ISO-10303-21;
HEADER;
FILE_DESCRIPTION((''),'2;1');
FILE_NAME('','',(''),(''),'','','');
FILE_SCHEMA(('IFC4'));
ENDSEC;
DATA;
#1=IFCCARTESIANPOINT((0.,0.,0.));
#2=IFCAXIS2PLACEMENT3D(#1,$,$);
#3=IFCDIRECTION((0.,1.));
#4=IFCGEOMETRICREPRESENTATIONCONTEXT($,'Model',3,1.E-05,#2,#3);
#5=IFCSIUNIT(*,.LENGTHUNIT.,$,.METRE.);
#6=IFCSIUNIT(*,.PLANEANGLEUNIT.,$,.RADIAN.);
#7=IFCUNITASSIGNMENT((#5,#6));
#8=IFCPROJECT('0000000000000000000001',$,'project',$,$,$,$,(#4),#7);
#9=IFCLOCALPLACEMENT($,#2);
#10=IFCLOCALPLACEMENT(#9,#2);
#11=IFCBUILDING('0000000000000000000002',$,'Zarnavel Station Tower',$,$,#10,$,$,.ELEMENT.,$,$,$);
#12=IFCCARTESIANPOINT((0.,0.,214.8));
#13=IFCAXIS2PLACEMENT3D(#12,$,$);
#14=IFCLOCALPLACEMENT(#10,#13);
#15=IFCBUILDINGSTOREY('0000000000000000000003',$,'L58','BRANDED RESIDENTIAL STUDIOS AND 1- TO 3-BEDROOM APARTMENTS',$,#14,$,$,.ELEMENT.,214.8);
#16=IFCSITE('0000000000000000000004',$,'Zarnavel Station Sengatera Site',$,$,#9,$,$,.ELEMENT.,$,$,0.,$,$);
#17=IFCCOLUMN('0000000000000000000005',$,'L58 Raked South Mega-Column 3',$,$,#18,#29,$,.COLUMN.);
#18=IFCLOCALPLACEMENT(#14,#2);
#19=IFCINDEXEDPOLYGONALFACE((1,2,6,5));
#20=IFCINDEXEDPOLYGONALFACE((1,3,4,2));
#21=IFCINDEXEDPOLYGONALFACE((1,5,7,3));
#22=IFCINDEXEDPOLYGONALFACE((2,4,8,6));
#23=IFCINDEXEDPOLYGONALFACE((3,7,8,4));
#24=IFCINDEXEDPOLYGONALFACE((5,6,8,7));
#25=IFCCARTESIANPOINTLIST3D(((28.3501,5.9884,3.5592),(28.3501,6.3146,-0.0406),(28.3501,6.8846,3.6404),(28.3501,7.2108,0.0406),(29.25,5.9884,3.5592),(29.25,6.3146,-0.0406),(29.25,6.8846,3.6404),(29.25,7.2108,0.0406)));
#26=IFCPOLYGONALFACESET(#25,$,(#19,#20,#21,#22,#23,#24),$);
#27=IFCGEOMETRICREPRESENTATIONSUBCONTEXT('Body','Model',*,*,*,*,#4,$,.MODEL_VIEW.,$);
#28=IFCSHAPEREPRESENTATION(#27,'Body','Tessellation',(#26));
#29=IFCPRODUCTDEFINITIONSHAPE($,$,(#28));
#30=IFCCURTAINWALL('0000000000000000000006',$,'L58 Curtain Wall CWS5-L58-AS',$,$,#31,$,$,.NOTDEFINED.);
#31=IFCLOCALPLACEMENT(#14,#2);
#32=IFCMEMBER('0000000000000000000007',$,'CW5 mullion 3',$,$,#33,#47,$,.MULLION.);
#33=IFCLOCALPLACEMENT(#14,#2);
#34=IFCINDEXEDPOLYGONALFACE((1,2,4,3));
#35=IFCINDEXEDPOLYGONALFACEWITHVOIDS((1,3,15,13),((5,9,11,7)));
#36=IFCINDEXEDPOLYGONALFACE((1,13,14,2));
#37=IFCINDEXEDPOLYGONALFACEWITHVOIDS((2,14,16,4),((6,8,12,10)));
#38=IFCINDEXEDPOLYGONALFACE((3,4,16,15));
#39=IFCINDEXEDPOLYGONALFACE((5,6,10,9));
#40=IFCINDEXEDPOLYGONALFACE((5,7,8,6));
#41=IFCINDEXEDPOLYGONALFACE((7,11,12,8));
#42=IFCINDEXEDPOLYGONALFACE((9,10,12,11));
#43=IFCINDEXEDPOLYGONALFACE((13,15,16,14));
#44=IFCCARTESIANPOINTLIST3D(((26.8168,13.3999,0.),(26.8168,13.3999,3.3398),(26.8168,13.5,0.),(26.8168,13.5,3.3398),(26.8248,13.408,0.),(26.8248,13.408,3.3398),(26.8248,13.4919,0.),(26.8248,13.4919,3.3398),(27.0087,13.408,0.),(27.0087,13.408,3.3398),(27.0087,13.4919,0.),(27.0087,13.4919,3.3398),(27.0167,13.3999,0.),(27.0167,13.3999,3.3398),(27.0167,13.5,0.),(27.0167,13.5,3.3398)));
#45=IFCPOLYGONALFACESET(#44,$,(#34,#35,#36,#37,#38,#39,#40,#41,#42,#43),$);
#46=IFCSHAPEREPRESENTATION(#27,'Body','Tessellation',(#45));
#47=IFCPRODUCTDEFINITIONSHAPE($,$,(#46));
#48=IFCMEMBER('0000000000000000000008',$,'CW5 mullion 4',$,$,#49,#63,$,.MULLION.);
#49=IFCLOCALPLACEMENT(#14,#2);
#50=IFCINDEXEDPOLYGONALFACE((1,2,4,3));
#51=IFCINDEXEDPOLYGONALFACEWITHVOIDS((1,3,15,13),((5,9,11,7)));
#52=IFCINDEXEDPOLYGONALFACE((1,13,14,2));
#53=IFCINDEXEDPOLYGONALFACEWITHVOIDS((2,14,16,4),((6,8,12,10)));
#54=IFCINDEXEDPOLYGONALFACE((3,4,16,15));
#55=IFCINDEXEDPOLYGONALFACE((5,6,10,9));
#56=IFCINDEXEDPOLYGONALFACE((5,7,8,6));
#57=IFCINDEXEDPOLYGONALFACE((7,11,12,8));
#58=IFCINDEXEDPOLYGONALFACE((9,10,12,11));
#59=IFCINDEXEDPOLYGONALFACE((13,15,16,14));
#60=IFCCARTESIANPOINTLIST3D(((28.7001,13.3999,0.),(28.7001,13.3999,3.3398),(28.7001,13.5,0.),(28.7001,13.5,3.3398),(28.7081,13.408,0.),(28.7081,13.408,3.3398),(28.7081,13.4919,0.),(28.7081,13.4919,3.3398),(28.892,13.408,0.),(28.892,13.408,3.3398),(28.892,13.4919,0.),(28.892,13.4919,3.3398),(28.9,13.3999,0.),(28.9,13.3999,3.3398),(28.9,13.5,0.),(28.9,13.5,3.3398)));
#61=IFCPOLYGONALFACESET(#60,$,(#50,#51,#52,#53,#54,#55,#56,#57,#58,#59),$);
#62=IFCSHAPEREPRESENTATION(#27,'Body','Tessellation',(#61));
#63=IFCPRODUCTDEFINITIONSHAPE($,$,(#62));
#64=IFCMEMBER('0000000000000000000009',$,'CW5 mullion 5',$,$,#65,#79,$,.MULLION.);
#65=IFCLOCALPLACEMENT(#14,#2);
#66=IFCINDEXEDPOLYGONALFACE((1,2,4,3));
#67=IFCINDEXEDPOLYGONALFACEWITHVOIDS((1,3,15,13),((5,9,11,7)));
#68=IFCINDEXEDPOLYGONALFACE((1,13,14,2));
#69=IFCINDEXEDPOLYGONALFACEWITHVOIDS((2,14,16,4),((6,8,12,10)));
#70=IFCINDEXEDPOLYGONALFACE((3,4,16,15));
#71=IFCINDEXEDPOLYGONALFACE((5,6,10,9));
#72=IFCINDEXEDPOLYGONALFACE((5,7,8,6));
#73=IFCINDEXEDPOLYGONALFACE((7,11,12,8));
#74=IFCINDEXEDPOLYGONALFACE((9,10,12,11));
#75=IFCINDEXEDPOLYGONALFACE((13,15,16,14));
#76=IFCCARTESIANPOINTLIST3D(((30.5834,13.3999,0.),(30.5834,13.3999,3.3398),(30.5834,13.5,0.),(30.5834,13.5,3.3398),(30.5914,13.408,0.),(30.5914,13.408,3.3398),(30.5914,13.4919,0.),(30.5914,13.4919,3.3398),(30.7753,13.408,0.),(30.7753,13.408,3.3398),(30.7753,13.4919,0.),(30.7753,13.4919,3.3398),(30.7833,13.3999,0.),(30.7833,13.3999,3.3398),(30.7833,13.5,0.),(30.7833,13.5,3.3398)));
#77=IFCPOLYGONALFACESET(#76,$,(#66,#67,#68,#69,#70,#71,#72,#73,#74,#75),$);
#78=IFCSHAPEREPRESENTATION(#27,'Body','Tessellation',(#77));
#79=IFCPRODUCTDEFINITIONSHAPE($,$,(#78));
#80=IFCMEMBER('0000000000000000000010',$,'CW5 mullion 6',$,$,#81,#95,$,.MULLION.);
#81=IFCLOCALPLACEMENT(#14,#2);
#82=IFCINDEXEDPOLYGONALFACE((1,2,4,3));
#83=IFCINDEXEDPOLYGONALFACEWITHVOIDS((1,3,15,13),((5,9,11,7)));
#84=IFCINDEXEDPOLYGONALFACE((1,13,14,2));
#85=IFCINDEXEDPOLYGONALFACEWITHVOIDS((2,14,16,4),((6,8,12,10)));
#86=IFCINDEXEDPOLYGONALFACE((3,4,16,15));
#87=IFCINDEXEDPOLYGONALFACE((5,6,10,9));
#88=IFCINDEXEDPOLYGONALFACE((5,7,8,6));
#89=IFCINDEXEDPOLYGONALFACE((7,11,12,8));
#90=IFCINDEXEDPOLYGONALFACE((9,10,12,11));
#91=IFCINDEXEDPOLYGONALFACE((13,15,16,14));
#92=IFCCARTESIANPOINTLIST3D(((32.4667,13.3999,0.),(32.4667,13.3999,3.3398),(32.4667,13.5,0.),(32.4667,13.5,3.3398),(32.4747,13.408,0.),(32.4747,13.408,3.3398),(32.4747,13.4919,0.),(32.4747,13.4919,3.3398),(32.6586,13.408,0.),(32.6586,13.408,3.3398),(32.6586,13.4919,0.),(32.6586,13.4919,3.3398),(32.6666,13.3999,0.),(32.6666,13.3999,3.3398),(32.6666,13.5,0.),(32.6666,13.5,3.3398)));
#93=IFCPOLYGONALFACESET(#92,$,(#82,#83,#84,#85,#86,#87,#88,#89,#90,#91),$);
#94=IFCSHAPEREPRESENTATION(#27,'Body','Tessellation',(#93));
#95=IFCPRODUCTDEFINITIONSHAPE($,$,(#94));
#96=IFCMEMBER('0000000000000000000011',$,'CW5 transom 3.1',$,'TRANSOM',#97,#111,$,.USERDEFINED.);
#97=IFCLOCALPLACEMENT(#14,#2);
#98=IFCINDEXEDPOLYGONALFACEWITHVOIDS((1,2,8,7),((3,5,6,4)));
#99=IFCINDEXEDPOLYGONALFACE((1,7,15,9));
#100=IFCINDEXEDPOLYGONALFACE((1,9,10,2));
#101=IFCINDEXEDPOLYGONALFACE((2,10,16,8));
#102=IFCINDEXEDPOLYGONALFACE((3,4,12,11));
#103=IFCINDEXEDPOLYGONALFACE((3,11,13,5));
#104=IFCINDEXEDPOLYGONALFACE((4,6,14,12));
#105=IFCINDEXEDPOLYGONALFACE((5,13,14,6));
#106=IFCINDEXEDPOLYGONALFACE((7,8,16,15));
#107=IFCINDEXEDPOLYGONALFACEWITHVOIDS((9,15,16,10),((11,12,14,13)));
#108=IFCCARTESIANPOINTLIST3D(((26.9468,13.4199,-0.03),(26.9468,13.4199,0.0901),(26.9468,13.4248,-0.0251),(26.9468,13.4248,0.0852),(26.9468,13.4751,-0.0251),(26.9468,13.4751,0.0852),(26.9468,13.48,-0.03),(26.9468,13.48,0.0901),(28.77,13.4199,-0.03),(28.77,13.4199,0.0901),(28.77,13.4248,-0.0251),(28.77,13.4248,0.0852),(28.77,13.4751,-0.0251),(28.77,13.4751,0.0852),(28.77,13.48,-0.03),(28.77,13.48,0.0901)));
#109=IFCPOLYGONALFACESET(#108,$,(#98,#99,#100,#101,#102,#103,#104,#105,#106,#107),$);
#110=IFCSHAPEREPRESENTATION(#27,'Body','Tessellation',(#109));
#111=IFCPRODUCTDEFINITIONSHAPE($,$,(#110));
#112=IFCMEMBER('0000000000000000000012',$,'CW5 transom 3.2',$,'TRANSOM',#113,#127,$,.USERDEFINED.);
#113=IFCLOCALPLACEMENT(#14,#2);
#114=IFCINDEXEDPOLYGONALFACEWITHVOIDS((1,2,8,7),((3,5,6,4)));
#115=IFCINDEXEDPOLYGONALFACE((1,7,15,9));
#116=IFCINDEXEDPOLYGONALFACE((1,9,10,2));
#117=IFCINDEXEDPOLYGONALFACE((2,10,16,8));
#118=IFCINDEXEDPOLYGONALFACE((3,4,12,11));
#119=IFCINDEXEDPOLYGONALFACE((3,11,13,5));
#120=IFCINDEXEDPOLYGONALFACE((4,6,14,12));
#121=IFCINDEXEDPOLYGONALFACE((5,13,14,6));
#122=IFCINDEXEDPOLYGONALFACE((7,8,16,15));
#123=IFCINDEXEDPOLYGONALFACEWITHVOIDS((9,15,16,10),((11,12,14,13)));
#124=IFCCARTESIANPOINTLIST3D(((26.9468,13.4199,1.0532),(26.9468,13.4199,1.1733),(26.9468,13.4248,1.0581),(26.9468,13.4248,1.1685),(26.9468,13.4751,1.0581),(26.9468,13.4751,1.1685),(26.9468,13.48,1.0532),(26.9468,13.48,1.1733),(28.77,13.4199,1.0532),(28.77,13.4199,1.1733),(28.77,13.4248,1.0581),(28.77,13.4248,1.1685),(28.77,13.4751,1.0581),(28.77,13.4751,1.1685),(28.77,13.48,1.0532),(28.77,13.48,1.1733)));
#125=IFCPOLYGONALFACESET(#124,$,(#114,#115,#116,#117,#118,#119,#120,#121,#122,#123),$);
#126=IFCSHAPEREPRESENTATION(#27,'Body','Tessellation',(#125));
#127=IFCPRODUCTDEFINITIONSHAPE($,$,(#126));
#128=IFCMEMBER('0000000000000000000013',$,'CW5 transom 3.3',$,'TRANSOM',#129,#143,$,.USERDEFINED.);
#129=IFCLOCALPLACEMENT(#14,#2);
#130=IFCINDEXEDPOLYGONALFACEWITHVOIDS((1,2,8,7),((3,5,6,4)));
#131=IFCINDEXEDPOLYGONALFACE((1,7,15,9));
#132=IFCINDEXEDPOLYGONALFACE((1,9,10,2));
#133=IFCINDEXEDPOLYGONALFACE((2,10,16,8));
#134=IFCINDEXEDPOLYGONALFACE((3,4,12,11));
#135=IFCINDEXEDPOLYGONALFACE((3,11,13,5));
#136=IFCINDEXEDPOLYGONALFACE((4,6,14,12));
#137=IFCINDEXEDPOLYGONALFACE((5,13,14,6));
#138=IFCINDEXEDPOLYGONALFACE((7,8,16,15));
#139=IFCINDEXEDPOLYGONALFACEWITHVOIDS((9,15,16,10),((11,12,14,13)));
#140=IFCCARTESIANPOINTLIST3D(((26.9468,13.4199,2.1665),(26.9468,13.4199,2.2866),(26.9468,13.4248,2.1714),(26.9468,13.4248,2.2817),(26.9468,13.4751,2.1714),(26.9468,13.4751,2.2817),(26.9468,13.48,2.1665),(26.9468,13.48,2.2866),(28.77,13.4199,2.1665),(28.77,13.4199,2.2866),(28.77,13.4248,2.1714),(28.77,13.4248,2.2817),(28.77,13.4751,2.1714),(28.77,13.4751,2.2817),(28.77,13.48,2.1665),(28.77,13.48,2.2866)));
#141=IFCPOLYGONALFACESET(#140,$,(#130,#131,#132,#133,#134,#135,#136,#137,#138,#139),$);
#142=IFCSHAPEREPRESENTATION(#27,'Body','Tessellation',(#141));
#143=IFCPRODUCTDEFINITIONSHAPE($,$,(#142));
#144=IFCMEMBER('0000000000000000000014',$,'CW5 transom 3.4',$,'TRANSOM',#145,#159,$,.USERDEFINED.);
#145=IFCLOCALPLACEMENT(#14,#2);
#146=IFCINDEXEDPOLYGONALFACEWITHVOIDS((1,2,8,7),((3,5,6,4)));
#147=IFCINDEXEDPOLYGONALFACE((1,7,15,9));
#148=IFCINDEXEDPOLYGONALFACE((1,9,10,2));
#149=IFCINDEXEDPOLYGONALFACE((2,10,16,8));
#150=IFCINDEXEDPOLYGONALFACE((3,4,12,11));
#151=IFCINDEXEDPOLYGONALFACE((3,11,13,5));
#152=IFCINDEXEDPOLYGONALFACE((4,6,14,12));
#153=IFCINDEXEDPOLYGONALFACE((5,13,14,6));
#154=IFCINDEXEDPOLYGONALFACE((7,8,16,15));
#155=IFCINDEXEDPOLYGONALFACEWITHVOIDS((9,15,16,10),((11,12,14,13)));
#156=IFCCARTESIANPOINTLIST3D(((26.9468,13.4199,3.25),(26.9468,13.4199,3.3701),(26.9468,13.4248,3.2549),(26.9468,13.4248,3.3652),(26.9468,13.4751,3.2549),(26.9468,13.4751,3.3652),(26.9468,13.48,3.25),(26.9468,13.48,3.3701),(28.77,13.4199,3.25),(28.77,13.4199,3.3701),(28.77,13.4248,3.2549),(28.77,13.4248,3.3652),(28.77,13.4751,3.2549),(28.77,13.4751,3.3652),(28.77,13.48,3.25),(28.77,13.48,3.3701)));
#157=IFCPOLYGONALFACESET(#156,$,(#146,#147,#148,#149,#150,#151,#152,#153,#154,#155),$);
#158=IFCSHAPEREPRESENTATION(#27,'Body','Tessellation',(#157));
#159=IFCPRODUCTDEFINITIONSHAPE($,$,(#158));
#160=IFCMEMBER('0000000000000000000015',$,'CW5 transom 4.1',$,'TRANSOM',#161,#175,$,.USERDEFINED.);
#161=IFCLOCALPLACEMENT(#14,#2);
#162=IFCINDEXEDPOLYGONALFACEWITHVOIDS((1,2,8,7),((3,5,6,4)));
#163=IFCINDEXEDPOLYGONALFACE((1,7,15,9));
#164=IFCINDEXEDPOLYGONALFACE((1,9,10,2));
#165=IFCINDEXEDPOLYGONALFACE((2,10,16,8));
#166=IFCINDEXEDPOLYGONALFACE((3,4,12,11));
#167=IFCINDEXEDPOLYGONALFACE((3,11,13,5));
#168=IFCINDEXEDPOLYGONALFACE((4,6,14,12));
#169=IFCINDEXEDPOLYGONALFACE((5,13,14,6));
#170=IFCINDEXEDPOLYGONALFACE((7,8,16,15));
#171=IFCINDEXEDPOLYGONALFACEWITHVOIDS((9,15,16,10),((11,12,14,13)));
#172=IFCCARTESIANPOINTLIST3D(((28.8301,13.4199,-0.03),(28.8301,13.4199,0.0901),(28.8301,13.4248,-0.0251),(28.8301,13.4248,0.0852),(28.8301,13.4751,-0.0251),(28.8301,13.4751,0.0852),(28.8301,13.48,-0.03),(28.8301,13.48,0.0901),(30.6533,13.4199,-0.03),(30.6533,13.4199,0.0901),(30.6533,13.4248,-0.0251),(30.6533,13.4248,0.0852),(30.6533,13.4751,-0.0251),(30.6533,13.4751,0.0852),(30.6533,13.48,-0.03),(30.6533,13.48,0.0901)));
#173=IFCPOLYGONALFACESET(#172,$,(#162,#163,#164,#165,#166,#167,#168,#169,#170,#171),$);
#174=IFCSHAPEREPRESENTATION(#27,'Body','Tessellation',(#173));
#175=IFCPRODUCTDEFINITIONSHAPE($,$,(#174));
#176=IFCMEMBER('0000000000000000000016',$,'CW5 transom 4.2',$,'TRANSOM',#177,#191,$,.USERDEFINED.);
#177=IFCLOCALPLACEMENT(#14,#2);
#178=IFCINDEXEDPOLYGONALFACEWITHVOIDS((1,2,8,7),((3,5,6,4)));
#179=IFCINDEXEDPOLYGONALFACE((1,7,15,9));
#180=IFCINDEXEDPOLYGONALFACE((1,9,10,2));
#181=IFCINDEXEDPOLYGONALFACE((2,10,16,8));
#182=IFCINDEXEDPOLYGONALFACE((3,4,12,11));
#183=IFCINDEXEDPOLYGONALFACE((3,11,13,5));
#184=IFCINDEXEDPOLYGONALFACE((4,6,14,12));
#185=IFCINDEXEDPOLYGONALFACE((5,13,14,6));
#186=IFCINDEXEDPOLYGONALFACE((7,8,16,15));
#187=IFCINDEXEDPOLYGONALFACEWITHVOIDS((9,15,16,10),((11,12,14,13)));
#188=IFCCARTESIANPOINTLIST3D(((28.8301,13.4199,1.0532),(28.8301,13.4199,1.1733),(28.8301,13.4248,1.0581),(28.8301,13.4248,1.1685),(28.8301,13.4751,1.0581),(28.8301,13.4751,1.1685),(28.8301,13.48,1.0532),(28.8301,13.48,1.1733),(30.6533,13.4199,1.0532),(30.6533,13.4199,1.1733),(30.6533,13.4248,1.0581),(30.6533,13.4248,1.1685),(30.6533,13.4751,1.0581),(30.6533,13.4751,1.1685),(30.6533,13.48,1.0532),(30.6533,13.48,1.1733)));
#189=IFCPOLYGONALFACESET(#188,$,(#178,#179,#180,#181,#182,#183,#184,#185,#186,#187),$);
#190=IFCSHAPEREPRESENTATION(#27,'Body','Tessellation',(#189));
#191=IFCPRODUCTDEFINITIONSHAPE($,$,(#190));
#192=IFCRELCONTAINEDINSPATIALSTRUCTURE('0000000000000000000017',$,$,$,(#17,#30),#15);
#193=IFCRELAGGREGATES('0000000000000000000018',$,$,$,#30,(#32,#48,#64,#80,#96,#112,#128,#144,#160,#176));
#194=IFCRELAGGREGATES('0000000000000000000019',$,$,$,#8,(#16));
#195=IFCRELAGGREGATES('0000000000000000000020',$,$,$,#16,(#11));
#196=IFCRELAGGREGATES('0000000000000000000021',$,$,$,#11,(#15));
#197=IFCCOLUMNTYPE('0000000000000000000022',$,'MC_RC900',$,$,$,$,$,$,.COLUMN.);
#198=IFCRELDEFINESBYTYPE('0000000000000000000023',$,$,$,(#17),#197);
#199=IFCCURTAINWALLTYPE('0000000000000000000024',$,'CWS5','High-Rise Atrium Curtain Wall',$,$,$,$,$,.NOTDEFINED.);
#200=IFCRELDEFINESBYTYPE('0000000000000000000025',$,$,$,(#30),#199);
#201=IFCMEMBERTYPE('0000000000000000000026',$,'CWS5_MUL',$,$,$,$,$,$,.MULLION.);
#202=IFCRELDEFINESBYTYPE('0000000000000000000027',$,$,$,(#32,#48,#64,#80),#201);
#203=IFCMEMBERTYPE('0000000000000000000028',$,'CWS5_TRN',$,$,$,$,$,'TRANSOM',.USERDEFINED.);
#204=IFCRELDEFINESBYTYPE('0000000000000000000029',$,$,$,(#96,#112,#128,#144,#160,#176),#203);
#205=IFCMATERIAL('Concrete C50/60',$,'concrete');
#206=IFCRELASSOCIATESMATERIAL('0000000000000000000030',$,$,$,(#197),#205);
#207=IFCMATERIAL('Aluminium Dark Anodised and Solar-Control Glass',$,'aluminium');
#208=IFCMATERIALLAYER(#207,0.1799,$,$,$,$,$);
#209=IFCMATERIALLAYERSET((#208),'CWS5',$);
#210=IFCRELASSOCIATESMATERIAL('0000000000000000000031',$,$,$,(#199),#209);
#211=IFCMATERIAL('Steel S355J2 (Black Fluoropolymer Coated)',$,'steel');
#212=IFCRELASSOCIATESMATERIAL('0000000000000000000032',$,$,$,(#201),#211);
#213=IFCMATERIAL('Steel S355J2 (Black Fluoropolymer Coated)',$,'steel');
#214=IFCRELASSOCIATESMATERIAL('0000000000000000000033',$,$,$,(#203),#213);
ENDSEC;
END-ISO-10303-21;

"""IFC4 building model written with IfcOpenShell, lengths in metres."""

from ifc_helpers import new_model, si_unit, direction, frame, origin, origin_2d, place, context, subcontext, project, spatial, rectangle, hollow_rectangle, extrude, material, layer, layer_set, material_profile, profile_set, type_object, element, aggregate, save


model = new_model("IFC4")

# Units and contexts
model_context = context("Model", 3, precision=1e-05, world=origin(), true_north=direction((0.0, 1.0)))
body_context = subcontext(model_context, "Body", "Model", "MODEL_VIEW")
ifc_project = project(units=[si_unit("LENGTHUNIT", "METRE"), si_unit("PLANEANGLEUNIT", "RADIAN")], contexts=[model_context])

# Site, building, storey
site_placement = place(None, origin())
site = spatial("IfcSite", under=ifc_project, at=site_placement, Name="Zarnavel Station Sengatera Site", CompositionType="ELEMENT", RefElevation=0.0)
building_placement = place(site_placement, origin())
building = spatial("IfcBuilding", under=site, at=building_placement, Name="Zarnavel Station Tower", CompositionType="ELEMENT")
storey_placement = place(building_placement, frame((0.0, 0.0, 214.8)))
storey = spatial("IfcBuildingStorey", under=building, at=storey_placement, Name="L58", Description="BRANDED RESIDENTIAL STUDIOS AND 1- TO 3-BEDROOM APARTMENTS", CompositionType="ELEMENT", Elevation=214.8)

# Column
ifc_material_1 = material(Name="Concrete C50/60", Category="concrete")
ifc_material_profile_1 = material_profile(ifc_material_1, rectangle(XDim=0.8999, YDim=0.8999, at=origin_2d()), Name="RC900x900")
ifc_profile_set_1 = profile_set([ifc_material_profile_1], Name="Concrete C50/60")
column_type = type_object("IfcColumnType", Name="MC_RC900", PredefinedType="COLUMN", material=ifc_profile_set_1)
column_placement = place(storey_placement, frame((28.8, 6.7627, 0.0), z_axis=(0.0, -0.090237, 0.99592), x_axis=(1.0, 0.0, 0.0)))
element("IfcColumn", 1, at=column_placement, inside=storey, type_object=column_type, Name="L58 Raked South Mega-Column 3", PredefinedType="COLUMN", context=body_context, shape_type="SweptSolid", body=[
    extrude(rectangle(XDim=0.8999, YDim=0.8999, at=origin_2d()), origin(), (0.0, 0.0, 1.0), 3.6145),
])

# Curtain wall, members
ifc_material_2 = material(Name="Aluminium Dark Anodised and Solar-Control Glass", Category="aluminium")
ifc_layer_1 = layer(ifc_material_2, 0.1799)
ifc_layer_set_1 = layer_set([ifc_layer_1], Name="CWS5")
curtain_wall_type_1 = type_object("IfcCurtainWallType", Name="CWS5", Description="High-Rise Atrium Curtain Wall", PredefinedType="NOTDEFINED", material=ifc_layer_set_1)
curtain_wall_1_placement = place(storey_placement, origin())
curtain_wall_1 = element("IfcCurtainWall", 2, at=curtain_wall_1_placement, inside=storey, type_object=curtain_wall_type_1, Name="L58 Curtain Wall CWS5-L58-AS", PredefinedType="NOTDEFINED")
ifc_material_3 = material(Name="Steel S355J2 (Black Fluoropolymer Coated)", Category="steel")
ifc_material_profile_2 = material_profile(ifc_material_3, hollow_rectangle(XDim=0.1001, YDim=0.2, WallThickness=0.0081, at=origin_2d()), Name="RHS200x100x8")
ifc_profile_set_2 = profile_set([ifc_material_profile_2], Name="Steel S355J2 (Black Fluoropolymer Coated)")
member_type_1 = type_object("IfcMemberType", Name="CWS5_MUL", PredefinedType="MULLION", material=ifc_profile_set_2)
member_1_placement = place(storey_placement, frame((26.9167, 13.45, 0.0), z_axis=(0.0, 0.0, 1.0), x_axis=(0.0, 1.0, 0.0)))
member_1 = element("IfcMember", 3, at=member_1_placement, type_object=member_type_1, Name="CW5 mullion 3", PredefinedType="MULLION", context=body_context, shape_type="SweptSolid", body=[
    extrude(hollow_rectangle(XDim=0.1001, YDim=0.2, WallThickness=0.0081, at=origin_2d()), origin(), (0.0, 0.0, 1.0), 3.3398),
])
member_2_placement = place(storey_placement, frame((28.8, 13.45, 0.0), z_axis=(0.0, 0.0, 1.0), x_axis=(0.0, 1.0, 0.0)))
member_2 = element("IfcMember", 4, at=member_2_placement, type_object=member_type_1, Name="CW5 mullion 4", PredefinedType="MULLION", context=body_context, shape_type="SweptSolid", body=[
    extrude(hollow_rectangle(XDim=0.1001, YDim=0.2, WallThickness=0.0081, at=origin_2d()), origin(), (0.0, 0.0, 1.0), 3.3398),
])
member_3_placement = place(storey_placement, frame((30.6833, 13.45, 0.0), z_axis=(0.0, 0.0, 1.0), x_axis=(0.0, 1.0, 0.0)))
member_3 = element("IfcMember", 5, at=member_3_placement, type_object=member_type_1, Name="CW5 mullion 5", PredefinedType="MULLION", context=body_context, shape_type="SweptSolid", body=[
    extrude(hollow_rectangle(XDim=0.1001, YDim=0.2, WallThickness=0.0081, at=origin_2d()), origin(), (0.0, 0.0, 1.0), 3.3398),
])
member_4_placement = place(storey_placement, frame((32.5667, 13.45, 0.0), z_axis=(0.0, 0.0, 1.0), x_axis=(0.0, 1.0, 0.0)))
member_4 = element("IfcMember", 6, at=member_4_placement, type_object=member_type_1, Name="CW5 mullion 6", PredefinedType="MULLION", context=body_context, shape_type="SweptSolid", body=[
    extrude(hollow_rectangle(XDim=0.1001, YDim=0.2, WallThickness=0.0081, at=origin_2d()), origin(), (0.0, 0.0, 1.0), 3.3398),
])
ifc_material_4 = material(Name="Steel S355J2 (Black Fluoropolymer Coated)", Category="steel")
ifc_material_profile_3 = material_profile(ifc_material_4, hollow_rectangle(XDim=0.0601, YDim=0.1201, WallThickness=0.0049, at=origin_2d()), Name="RHS120x60x5")
ifc_profile_set_3 = profile_set([ifc_material_profile_3], Name="Steel S355J2 (Black Fluoropolymer Coated)")
member_type_2 = type_object("IfcMemberType", Name="CWS5_TRN", ElementType="TRANSOM", PredefinedType="USERDEFINED", material=ifc_profile_set_3)
member_5_placement = place(storey_placement, frame((26.9468, 13.45, 0.03), z_axis=(1.0, 0.0, 0.0), x_axis=(0.0, 1.0, 0.0)))
member_5 = element("IfcMember", 7, at=member_5_placement, type_object=member_type_2, Name="CW5 transom 3.1", ObjectType="TRANSOM", PredefinedType="USERDEFINED", context=body_context, shape_type="SweptSolid", body=[
    extrude(hollow_rectangle(XDim=0.0601, YDim=0.1201, WallThickness=0.0049, at=origin_2d()), origin(), (0.0, 0.0, 1.0), 1.8232),
])
member_6_placement = place(storey_placement, frame((26.9468, 13.45, 1.1133), z_axis=(1.0, 0.0, 0.0), x_axis=(0.0, 1.0, 0.0)))
member_6 = element("IfcMember", 8, at=member_6_placement, type_object=member_type_2, Name="CW5 transom 3.2", ObjectType="TRANSOM", PredefinedType="USERDEFINED", context=body_context, shape_type="SweptSolid", body=[
    extrude(hollow_rectangle(XDim=0.0601, YDim=0.1201, WallThickness=0.0049, at=origin_2d()), origin(), (0.0, 0.0, 1.0), 1.8232),
])
member_7_placement = place(storey_placement, frame((26.9468, 13.45, 2.2266), z_axis=(1.0, 0.0, 0.0), x_axis=(0.0, 1.0, 0.0)))
member_7 = element("IfcMember", 9, at=member_7_placement, type_object=member_type_2, Name="CW5 transom 3.3", ObjectType="TRANSOM", PredefinedType="USERDEFINED", context=body_context, shape_type="SweptSolid", body=[
    extrude(hollow_rectangle(XDim=0.0601, YDim=0.1201, WallThickness=0.0049, at=origin_2d()), origin(), (0.0, 0.0, 1.0), 1.8232),
])
member_8_placement = place(storey_placement, frame((26.9468, 13.45, 3.3101), z_axis=(1.0, 0.0, 0.0), x_axis=(0.0, 1.0, 0.0)))
member_8 = element("IfcMember", 10, at=member_8_placement, type_object=member_type_2, Name="CW5 transom 3.4", ObjectType="TRANSOM", PredefinedType="USERDEFINED", context=body_context, shape_type="SweptSolid", body=[
    extrude(hollow_rectangle(XDim=0.0601, YDim=0.1201, WallThickness=0.0049, at=origin_2d()), origin(), (0.0, 0.0, 1.0), 1.8232),
])
member_9_placement = place(storey_placement, frame((28.8301, 13.45, 0.03), z_axis=(1.0, 0.0, 0.0), x_axis=(0.0, 1.0, 0.0)))
member_9 = element("IfcMember", 11, at=member_9_placement, type_object=member_type_2, Name="CW5 transom 4.1", ObjectType="TRANSOM", PredefinedType="USERDEFINED", context=body_context, shape_type="SweptSolid", body=[
    extrude(hollow_rectangle(XDim=0.0601, YDim=0.1201, WallThickness=0.0049, at=origin_2d()), origin(), (0.0, 0.0, 1.0), 1.8232),
])
member_10_placement = place(storey_placement, frame((28.8301, 13.45, 1.1133), z_axis=(1.0, 0.0, 0.0), x_axis=(0.0, 1.0, 0.0)))
member_10 = element("IfcMember", 12, at=member_10_placement, type_object=member_type_2, Name="CW5 transom 4.2", ObjectType="TRANSOM", PredefinedType="USERDEFINED", context=body_context, shape_type="SweptSolid", body=[
    extrude(hollow_rectangle(XDim=0.0601, YDim=0.1201, WallThickness=0.0049, at=origin_2d()), origin(), (0.0, 0.0, 1.0), 1.8232),
])

aggregate(curtain_wall_1, [member_1, member_2, member_3, member_4, member_5, member_6, member_7, member_8, member_9, member_10])

save(model, "model.ifc")
